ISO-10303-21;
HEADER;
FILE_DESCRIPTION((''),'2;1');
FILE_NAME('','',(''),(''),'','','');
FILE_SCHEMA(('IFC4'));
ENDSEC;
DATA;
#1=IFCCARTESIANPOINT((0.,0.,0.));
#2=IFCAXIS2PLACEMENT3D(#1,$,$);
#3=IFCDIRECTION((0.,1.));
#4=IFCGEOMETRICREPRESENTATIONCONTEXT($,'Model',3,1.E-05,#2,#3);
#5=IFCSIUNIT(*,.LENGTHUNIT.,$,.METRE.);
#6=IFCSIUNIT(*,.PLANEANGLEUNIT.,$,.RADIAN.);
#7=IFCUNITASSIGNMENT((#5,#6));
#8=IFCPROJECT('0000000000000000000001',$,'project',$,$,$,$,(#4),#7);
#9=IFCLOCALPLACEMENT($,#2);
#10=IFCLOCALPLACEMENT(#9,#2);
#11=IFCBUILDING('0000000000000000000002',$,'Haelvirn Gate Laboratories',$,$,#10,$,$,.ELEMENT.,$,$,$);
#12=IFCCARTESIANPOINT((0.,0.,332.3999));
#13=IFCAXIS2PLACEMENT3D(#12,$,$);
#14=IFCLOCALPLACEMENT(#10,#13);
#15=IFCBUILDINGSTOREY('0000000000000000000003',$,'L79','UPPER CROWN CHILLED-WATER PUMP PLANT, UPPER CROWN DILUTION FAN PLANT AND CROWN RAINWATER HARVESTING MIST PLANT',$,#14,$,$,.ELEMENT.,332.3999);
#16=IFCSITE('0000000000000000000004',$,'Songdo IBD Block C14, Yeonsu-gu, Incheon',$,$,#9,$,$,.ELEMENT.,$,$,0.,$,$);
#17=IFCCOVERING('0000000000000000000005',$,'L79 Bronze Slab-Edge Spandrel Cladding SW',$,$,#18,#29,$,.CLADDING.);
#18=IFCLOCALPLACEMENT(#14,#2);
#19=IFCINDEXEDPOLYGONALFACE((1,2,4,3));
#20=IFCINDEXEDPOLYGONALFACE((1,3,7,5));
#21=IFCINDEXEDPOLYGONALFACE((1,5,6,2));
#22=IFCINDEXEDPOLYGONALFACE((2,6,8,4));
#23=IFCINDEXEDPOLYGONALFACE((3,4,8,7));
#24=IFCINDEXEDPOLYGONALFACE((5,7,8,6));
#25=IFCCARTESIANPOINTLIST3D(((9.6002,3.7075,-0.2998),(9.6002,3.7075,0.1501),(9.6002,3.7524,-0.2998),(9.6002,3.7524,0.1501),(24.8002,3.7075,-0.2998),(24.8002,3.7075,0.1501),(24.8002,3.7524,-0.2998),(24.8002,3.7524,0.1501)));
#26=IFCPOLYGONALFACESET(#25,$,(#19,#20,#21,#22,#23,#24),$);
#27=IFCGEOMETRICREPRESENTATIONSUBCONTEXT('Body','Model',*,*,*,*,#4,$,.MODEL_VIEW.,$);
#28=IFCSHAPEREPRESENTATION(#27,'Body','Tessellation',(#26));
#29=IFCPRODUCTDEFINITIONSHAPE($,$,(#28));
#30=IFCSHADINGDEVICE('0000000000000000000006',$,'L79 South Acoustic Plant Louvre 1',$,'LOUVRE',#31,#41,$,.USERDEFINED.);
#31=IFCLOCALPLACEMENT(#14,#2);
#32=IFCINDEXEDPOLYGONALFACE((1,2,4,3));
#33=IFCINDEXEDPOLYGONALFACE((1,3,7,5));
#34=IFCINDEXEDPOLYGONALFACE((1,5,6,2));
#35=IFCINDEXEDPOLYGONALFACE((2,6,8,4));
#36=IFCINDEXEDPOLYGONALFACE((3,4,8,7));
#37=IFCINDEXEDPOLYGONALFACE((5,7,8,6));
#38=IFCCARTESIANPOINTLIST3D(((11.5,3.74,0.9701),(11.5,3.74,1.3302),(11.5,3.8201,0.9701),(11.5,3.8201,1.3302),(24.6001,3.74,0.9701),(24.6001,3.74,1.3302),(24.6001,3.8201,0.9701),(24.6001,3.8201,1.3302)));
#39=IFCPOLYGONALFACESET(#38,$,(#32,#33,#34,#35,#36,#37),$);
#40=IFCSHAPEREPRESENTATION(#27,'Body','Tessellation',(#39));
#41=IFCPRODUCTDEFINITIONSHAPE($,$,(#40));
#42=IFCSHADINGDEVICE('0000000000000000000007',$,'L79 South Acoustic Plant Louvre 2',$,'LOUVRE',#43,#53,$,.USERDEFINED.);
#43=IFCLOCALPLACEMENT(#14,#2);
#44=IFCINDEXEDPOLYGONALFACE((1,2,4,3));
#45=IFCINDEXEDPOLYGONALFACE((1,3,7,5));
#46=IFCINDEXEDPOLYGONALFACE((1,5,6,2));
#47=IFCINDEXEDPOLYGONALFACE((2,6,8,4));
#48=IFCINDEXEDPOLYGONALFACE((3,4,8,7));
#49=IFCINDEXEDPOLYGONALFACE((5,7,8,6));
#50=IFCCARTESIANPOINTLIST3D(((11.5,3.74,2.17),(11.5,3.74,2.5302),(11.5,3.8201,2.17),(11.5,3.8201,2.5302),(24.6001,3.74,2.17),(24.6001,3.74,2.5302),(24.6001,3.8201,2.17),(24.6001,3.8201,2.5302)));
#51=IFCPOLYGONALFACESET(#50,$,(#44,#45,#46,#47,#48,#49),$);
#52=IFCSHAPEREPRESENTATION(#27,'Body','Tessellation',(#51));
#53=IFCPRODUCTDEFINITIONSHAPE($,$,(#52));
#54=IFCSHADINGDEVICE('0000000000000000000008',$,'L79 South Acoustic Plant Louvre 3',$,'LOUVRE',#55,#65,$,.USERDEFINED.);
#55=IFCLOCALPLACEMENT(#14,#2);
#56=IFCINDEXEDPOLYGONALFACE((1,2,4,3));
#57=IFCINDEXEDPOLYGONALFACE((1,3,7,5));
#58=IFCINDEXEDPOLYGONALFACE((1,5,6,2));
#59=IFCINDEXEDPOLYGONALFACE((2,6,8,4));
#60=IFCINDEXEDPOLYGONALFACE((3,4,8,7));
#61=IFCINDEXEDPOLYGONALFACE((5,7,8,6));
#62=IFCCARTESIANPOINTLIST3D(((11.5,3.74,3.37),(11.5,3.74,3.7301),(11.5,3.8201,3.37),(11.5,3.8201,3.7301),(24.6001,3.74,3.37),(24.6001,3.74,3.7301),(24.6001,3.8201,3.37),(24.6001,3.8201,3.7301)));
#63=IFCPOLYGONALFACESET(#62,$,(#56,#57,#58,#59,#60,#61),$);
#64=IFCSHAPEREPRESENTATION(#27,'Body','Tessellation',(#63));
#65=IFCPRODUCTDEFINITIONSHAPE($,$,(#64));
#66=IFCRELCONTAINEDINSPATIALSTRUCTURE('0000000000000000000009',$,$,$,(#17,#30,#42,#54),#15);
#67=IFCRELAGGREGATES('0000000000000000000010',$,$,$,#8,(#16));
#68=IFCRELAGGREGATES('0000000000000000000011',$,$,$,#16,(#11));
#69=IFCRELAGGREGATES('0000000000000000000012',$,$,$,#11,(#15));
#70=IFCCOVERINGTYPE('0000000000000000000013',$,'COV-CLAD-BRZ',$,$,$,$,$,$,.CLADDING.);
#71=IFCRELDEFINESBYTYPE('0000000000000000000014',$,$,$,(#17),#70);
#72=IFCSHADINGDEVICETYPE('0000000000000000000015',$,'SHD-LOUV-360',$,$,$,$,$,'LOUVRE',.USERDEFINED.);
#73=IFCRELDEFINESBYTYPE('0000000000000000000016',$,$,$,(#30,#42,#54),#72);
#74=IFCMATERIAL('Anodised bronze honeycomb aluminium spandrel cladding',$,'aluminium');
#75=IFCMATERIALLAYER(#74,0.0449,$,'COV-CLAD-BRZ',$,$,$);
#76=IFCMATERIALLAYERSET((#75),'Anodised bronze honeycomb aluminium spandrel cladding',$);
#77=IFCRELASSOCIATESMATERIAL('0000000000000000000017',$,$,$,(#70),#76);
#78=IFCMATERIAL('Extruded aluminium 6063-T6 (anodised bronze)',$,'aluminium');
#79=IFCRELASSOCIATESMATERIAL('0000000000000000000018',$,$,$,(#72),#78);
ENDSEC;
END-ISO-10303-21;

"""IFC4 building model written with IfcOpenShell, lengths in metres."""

from ifc_helpers import new_model, si_unit, direction, frame, frame_2d, origin, origin_2d, place, context, subcontext, project, spatial, rectangle, extrude, source, transform, mapped, material, layer, layer_set, material_profile, profile_set, type_object, type_shapes, element, save


model = new_model("IFC4")

# Units and contexts
model_context = context("Model", 3, precision=1e-05, world=origin(), true_north=direction((0.0, 1.0)))
body_context = subcontext(model_context, "Body", "Model", "MODEL_VIEW")
ifc_project = project(units=[si_unit("LENGTHUNIT", "METRE"), si_unit("PLANEANGLEUNIT", "RADIAN")], contexts=[model_context])

# Site, building, storey
site_placement = place(None, origin())
site = spatial("IfcSite", under=ifc_project, at=site_placement, Name="Songdo IBD Block C14, Yeonsu-gu, Incheon", CompositionType="ELEMENT", RefElevation=0.0)
building_placement = place(site_placement, origin())
building = spatial("IfcBuilding", under=site, at=building_placement, Name="Haelvirn Gate Laboratories", CompositionType="ELEMENT")
storey_placement = place(building_placement, frame((0.0, 0.0, 332.3999)))
storey = spatial("IfcBuildingStorey", under=building, at=storey_placement, Name="L79", Description="UPPER CROWN CHILLED-WATER PUMP PLANT, UPPER CROWN DILUTION FAN PLANT AND CROWN RAINWATER HARVESTING MIST PLANT", CompositionType="ELEMENT", Elevation=332.3999)

# Shared definitions
ifc_material_1 = material(Name="Extruded aluminium 6063-T6 (anodised bronze)", Category="aluminium")

# Covering
ifc_material_2 = material(Name="Anodised bronze honeycomb aluminium spandrel cladding", Category="aluminium")
ifc_layer_1 = layer(ifc_material_2, 0.0449, Name="COV-CLAD-BRZ")
ifc_layer_set_1 = layer_set([ifc_layer_1], Name="Anodised bronze honeycomb aluminium spandrel cladding")
covering_type = type_object("IfcCoveringType", Name="COV-CLAD-BRZ", PredefinedType="CLADDING", material=ifc_layer_set_1)
covering_placement = place(storey_placement, frame((9.6001, 3.73, -0.2998), z_axis=(0.0, 0.0, 1.0), x_axis=(1.0, 0.0, 0.0)))
element("IfcCovering", 1, at=covering_placement, inside=storey, type_object=covering_type, Name="L79 Bronze Slab-Edge Spandrel Cladding SW", PredefinedType="CLADDING", context=body_context, shape_type="SweptSolid", body=[
    extrude(rectangle(XDim=15.2, YDim=0.0449, at=frame_2d((7.6001, 0.0))), origin(), (0.0, 0.0, 1.0), 0.45),
])

# Shading devices
ifc_material_profile_1 = material_profile(ifc_material_1, rectangle(XDim=0.0801, YDim=0.3601, at=origin_2d()), Name="LOUV-360x80")
ifc_profile_set_1 = profile_set([ifc_material_profile_1], Name="Extruded aluminium 6063-T6 (anodised bronze)")
shading_device_type = type_object("IfcShadingDeviceType", Name="SHD-LOUV-360", ElementType="LOUVRE", PredefinedType="USERDEFINED", material=ifc_profile_set_1)
shared_shape_1 = source(origin(), body_context, "Body", "SweptSolid", [
    extrude(rectangle(XDim=0.0801, YDim=0.3601, at=origin_2d()), origin(), (0.0, 0.0, 1.0), 13.1001),
])
type_shapes(shading_device_type, [shared_shape_1])
for number, where, z_axis, x_axis, name in (
    (2, (11.5, 3.78, 1.1501), (1.0, 0.0, 0.0), (0.0, 1.0, 0.0), "L79 South Acoustic Plant Louvre 1"),
    (3, (11.5, 3.78, 2.3501), (1.0, 0.0, 0.0), (0.0, 1.0, 0.0), "L79 South Acoustic Plant Louvre 2"),
    (4, (11.5, 3.78, 3.55), (1.0, 0.0, 0.0), (0.0, 1.0, 0.0), "L79 South Acoustic Plant Louvre 3"),
):
    element("IfcShadingDevice", number, at=place(storey_placement, frame(where, z_axis=z_axis, x_axis=x_axis)), inside=storey, type_object=shading_device_type, Name=name, ObjectType="LOUVRE", PredefinedType="USERDEFINED", context=body_context, shape_type="MappedRepresentation", body=[
        mapped(shared_shape_1, transform((0.0, 0.0, 0.0), scale=1.0)),
    ])

save(model, "model.ifc")
